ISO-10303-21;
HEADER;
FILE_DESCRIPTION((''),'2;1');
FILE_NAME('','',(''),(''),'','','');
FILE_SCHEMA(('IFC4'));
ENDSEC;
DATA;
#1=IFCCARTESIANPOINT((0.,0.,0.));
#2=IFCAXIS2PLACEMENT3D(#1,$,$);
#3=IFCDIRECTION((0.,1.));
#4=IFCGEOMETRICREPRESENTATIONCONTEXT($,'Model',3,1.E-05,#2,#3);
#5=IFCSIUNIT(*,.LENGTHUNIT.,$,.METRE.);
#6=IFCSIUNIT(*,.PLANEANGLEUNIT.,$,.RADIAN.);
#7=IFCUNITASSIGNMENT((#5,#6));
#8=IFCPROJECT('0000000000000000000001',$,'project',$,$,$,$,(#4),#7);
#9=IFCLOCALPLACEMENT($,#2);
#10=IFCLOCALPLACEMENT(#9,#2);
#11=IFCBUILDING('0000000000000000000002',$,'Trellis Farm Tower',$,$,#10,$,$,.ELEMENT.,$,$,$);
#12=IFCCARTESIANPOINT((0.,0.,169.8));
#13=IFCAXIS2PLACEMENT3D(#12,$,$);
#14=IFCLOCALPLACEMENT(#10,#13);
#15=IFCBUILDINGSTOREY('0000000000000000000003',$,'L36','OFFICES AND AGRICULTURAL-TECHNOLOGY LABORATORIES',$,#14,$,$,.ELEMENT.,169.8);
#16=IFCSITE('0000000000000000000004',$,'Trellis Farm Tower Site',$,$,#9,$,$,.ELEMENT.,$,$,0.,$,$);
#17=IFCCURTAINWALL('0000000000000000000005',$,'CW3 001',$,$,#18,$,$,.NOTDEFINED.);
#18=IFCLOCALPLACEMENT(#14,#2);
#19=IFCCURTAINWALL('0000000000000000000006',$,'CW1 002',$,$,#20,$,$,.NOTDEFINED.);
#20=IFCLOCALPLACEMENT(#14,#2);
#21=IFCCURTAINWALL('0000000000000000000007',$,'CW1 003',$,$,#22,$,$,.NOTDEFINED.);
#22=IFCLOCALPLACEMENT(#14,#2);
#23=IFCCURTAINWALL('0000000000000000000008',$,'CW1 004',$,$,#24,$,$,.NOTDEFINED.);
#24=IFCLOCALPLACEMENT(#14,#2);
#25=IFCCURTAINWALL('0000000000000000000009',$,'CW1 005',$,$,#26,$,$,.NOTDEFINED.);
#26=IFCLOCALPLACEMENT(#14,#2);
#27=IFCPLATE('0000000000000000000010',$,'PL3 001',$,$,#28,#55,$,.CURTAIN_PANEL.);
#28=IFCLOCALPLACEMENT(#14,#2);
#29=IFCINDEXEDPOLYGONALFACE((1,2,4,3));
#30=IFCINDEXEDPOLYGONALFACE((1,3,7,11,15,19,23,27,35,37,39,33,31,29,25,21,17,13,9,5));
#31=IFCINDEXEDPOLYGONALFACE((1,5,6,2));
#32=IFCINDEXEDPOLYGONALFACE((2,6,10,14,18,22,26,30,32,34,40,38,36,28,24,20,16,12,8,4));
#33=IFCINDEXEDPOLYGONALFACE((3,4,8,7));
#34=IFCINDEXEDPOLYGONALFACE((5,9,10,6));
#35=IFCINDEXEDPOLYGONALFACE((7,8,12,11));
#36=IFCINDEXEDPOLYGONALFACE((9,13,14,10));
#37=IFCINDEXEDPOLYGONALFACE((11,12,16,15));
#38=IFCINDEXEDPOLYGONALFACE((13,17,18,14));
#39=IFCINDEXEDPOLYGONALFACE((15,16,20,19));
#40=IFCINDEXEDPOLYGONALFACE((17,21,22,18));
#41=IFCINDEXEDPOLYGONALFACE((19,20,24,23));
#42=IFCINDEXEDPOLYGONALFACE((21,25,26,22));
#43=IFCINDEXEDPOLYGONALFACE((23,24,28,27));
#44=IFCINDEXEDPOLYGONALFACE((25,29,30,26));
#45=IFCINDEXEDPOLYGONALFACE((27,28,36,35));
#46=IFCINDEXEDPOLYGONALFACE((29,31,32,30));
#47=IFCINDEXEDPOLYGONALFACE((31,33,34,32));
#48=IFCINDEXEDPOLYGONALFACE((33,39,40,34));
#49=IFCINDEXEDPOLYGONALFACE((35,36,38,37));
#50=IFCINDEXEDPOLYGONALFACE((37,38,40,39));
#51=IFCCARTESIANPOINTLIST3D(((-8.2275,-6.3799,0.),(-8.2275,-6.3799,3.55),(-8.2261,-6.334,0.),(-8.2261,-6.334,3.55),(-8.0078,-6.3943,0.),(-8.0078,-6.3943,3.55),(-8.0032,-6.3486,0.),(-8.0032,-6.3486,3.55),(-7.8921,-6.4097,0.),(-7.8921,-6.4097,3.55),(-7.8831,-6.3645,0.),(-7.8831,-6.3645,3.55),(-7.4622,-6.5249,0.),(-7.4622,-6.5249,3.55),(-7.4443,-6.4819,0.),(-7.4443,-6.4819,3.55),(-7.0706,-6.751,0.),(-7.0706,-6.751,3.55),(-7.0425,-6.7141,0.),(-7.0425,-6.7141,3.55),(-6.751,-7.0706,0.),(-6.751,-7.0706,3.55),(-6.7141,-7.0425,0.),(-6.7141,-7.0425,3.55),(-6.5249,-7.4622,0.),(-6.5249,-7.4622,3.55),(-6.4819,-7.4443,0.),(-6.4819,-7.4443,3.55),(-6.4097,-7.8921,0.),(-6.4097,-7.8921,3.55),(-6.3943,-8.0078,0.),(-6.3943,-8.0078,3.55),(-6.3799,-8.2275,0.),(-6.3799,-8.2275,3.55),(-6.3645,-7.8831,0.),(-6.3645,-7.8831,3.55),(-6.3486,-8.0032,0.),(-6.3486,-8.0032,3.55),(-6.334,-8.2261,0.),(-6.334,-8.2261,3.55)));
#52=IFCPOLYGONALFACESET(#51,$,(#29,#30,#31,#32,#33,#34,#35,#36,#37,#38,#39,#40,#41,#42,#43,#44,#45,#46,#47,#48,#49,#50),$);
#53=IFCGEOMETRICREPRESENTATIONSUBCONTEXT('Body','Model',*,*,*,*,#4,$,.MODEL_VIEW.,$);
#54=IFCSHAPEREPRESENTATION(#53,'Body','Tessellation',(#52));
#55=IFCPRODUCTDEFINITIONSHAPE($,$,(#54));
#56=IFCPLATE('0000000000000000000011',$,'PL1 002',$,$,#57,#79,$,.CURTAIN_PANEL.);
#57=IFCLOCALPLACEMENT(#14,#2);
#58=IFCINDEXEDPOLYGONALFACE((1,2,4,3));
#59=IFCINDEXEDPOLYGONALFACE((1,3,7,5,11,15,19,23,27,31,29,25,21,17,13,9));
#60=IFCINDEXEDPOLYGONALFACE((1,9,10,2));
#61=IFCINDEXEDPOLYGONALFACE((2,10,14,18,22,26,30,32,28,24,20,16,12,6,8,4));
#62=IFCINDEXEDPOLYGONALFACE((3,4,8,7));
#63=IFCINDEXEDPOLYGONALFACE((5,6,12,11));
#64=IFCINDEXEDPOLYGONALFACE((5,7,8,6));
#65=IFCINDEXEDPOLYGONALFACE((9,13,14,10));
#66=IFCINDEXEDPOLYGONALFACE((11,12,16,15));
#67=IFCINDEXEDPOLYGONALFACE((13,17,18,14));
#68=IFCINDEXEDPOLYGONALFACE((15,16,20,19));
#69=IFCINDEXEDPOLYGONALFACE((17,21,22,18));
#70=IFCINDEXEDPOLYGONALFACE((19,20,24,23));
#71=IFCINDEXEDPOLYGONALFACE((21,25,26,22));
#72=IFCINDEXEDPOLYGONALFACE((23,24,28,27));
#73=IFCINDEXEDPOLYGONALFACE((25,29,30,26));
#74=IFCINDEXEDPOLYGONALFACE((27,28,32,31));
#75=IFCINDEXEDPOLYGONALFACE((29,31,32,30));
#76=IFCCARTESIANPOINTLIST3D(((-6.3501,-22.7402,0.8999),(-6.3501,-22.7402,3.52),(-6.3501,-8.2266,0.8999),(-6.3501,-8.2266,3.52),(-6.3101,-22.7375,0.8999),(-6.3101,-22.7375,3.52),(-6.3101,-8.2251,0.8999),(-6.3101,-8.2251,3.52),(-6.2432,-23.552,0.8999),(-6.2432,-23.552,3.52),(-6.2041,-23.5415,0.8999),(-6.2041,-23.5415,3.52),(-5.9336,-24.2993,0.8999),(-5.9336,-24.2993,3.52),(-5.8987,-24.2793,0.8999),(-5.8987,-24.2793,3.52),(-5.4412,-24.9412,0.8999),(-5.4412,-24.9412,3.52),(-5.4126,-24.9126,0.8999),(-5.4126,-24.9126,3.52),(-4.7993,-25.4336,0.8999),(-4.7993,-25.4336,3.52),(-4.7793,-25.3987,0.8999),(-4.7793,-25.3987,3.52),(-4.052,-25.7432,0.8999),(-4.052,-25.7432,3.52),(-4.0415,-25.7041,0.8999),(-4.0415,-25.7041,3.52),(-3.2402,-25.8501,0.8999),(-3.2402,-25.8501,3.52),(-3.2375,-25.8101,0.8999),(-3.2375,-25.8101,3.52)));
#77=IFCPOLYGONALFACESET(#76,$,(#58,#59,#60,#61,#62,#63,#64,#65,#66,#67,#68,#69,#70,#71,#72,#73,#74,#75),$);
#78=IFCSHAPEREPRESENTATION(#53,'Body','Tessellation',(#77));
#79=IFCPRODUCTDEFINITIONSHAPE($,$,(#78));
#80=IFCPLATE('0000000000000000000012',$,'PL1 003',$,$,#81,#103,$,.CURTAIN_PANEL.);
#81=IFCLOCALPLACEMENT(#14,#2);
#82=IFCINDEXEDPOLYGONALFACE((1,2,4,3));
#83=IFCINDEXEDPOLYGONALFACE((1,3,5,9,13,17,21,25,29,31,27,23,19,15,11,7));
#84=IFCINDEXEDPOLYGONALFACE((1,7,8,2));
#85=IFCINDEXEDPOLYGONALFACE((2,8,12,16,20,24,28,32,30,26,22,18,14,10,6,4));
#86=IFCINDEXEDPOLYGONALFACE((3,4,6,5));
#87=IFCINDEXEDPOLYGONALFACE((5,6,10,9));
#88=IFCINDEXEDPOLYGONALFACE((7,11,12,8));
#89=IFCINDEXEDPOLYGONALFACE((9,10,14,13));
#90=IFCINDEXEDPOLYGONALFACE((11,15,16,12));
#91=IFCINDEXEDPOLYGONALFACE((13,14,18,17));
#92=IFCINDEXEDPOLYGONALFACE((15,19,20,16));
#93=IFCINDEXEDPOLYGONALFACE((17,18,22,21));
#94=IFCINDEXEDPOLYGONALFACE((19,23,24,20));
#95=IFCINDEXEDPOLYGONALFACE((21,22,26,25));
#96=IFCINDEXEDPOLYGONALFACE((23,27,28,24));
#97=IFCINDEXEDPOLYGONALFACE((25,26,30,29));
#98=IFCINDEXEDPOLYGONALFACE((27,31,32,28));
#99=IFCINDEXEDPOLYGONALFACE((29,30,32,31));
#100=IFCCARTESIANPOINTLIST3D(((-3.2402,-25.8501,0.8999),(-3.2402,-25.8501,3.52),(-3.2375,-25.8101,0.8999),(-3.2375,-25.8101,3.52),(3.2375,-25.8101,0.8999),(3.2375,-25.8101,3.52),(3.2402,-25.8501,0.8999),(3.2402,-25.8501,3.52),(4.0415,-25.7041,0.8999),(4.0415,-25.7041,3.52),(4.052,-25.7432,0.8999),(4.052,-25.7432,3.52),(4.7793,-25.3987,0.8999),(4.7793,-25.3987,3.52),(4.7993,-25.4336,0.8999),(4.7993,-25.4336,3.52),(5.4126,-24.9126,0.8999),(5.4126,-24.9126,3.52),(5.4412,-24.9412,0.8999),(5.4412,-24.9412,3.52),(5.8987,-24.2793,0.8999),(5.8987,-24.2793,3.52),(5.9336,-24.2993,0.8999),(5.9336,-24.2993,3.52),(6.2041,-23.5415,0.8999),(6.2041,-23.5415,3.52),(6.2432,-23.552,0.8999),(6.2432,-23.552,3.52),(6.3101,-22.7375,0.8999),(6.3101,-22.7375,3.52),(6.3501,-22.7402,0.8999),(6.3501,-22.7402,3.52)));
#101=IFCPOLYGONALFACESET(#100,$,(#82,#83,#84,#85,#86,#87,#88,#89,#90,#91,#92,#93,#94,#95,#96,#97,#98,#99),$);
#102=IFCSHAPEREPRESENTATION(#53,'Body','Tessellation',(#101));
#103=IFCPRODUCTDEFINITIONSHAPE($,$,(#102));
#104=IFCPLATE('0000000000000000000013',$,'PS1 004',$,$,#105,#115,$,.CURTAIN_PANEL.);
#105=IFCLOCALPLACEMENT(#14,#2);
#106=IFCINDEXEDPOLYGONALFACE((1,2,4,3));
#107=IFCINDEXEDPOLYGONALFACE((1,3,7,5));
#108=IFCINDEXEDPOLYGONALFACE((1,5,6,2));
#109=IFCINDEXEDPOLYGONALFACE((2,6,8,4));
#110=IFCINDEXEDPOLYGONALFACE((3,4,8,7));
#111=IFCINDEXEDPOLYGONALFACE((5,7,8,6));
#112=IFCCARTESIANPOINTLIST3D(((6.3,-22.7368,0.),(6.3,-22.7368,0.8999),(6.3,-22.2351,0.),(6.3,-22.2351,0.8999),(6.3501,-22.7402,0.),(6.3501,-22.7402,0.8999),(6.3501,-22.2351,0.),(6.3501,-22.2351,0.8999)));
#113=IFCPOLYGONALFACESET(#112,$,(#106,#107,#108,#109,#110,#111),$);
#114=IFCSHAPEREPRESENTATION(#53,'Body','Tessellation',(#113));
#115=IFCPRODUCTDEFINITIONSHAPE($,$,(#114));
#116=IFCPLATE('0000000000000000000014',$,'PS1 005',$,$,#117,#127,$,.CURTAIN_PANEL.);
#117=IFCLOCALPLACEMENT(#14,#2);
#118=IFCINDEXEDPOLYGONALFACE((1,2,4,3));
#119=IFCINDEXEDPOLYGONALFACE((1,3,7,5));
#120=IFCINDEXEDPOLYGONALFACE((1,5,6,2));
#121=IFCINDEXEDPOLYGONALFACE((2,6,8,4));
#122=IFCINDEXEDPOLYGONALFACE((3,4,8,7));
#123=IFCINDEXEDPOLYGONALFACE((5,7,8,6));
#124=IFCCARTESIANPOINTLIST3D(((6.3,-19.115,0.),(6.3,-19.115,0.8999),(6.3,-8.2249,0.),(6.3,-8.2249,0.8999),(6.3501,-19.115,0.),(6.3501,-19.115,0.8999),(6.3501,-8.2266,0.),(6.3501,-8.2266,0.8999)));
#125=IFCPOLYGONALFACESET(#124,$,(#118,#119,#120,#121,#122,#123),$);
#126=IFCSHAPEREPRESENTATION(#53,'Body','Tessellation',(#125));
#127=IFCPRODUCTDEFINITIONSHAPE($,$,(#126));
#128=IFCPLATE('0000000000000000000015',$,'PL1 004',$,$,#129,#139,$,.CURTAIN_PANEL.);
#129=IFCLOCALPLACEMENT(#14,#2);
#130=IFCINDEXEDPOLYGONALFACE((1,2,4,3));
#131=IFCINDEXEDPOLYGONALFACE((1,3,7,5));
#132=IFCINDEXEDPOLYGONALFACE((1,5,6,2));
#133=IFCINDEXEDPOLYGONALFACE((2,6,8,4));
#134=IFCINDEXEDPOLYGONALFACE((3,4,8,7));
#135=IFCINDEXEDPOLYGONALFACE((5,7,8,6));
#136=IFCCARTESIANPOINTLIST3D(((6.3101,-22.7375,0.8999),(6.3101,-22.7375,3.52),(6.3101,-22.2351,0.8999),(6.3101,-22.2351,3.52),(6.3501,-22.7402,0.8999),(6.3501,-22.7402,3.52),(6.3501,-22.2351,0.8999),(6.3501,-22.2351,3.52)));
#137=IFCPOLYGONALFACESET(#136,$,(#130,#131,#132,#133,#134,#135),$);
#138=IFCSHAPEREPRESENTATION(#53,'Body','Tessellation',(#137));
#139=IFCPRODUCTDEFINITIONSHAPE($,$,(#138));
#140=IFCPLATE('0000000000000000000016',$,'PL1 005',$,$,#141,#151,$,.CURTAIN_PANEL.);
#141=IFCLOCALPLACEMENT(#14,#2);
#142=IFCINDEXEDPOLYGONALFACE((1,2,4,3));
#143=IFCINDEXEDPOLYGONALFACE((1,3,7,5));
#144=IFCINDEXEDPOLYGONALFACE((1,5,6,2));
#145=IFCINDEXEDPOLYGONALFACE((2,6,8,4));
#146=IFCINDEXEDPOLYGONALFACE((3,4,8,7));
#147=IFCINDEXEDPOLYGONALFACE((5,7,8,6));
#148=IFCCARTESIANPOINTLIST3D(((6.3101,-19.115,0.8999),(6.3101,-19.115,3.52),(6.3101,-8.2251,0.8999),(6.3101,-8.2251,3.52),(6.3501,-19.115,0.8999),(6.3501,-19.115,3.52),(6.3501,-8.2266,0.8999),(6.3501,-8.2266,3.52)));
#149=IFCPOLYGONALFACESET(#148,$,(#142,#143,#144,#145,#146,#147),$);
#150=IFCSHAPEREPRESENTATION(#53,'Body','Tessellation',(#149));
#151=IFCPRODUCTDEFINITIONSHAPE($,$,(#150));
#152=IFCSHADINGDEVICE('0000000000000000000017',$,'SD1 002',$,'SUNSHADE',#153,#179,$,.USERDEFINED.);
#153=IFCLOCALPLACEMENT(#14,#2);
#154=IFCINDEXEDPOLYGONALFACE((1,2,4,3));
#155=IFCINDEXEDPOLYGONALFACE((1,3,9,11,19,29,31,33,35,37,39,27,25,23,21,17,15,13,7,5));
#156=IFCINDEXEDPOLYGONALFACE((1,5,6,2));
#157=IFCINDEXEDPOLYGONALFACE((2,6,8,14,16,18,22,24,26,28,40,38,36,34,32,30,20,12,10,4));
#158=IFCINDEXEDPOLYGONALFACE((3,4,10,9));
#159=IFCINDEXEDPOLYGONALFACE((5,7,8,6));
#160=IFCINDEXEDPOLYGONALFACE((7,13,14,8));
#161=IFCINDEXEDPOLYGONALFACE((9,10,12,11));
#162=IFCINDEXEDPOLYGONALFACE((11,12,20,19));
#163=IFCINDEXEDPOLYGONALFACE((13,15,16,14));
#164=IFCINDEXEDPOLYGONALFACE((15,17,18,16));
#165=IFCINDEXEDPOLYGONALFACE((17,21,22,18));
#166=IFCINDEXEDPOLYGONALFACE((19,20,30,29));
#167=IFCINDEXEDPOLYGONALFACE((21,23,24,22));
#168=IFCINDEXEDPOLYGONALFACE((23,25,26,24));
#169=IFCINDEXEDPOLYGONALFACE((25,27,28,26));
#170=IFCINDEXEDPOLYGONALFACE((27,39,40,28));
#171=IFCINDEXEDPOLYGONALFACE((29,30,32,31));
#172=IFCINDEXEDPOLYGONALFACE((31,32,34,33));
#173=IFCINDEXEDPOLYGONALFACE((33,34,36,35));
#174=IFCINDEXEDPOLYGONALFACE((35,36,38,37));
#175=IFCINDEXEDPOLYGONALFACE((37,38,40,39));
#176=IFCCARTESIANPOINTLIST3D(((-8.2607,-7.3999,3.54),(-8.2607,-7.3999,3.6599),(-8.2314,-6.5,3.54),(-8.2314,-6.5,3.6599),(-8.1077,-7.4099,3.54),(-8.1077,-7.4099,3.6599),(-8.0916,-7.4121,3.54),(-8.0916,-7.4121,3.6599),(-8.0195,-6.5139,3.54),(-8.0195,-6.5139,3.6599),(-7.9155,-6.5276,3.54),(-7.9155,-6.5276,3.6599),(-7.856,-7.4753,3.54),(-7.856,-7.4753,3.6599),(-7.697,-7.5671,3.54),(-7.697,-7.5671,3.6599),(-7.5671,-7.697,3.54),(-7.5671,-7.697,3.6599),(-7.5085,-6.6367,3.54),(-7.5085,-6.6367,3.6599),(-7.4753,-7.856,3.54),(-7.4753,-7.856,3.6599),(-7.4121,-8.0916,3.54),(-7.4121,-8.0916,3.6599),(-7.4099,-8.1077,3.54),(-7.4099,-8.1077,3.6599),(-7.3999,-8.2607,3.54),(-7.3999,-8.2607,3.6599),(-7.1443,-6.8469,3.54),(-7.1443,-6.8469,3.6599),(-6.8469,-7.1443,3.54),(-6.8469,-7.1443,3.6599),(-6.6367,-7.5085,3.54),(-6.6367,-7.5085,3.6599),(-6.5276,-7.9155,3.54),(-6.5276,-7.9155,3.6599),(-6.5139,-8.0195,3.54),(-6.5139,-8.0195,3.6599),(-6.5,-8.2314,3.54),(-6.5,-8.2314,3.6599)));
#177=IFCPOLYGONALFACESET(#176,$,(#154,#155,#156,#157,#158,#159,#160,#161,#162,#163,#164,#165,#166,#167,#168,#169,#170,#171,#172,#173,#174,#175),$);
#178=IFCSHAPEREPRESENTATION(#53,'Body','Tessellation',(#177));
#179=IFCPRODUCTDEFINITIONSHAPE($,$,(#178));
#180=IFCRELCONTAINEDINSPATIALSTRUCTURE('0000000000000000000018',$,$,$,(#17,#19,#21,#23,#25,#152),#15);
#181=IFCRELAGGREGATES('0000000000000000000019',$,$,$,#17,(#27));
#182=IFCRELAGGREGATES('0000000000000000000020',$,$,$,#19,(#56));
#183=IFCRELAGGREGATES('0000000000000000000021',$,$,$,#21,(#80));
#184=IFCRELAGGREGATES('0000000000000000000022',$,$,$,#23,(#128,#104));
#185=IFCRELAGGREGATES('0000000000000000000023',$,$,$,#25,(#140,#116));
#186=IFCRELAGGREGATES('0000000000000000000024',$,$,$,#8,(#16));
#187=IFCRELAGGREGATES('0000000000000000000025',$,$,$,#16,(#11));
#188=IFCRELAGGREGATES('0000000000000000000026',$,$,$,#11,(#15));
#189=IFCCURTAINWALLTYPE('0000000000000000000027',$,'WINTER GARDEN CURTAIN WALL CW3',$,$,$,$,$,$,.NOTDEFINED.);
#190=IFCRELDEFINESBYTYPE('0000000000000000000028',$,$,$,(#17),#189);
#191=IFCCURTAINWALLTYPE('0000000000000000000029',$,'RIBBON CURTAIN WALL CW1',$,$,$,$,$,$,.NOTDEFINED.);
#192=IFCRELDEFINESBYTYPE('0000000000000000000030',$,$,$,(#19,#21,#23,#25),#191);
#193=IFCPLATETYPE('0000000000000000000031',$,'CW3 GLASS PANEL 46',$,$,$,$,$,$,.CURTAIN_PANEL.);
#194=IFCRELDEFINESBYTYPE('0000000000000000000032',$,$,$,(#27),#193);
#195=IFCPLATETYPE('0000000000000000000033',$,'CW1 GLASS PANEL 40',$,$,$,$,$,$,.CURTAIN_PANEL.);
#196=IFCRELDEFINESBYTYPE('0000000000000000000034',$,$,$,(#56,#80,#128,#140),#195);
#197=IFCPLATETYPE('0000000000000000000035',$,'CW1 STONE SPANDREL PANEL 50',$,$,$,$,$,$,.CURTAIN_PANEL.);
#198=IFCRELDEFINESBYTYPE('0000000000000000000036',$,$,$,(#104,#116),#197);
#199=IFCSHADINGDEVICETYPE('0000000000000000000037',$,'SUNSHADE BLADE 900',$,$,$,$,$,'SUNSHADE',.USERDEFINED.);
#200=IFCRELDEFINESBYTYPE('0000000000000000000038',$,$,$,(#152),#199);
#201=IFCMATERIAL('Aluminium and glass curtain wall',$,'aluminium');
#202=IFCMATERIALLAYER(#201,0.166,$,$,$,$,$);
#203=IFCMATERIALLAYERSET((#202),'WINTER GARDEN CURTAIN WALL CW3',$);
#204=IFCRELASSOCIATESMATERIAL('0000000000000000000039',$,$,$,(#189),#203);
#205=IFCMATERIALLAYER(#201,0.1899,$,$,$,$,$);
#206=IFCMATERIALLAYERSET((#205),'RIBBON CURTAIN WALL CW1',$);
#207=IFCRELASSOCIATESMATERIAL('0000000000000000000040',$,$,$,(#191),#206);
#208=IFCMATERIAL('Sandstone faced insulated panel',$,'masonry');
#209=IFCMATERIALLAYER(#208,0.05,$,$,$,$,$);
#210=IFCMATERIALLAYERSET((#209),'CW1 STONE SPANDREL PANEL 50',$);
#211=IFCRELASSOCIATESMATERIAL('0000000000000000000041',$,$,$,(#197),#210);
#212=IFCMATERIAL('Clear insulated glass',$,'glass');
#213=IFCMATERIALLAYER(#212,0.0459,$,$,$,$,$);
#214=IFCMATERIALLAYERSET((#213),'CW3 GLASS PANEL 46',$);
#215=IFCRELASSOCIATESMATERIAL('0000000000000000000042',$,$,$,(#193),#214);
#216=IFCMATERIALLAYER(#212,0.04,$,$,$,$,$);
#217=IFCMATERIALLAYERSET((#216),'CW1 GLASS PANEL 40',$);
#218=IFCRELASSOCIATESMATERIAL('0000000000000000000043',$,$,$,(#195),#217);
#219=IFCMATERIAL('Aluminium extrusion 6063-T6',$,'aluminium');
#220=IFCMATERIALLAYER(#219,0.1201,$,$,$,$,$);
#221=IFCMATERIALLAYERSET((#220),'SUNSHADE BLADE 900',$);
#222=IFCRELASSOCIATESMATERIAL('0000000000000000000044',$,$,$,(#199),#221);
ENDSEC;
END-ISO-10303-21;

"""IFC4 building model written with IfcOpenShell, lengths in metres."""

from ifc_helpers import new_model, si_unit, direction, frame, origin, place, context, subcontext, project, spatial, polyline, outline, extrude, source, transform, mapped, material, layer, layer_set, type_object, element, aggregate, save


model = new_model("IFC4")

# Units and contexts
model_context = context("Model", 3, precision=1e-05, world=origin(), true_north=direction((0.0, 1.0)))
body_context = subcontext(model_context, "Body", "Model", "MODEL_VIEW")
ifc_project = project(units=[si_unit("LENGTHUNIT", "METRE"), si_unit("PLANEANGLEUNIT", "RADIAN")], contexts=[model_context])

# Site, building, storey
site_placement = place(None, origin())
site = spatial("IfcSite", under=ifc_project, at=site_placement, Name="Trellis Farm Tower Site", CompositionType="ELEMENT", RefElevation=0.0)
building_placement = place(site_placement, origin())
building = spatial("IfcBuilding", under=site, at=building_placement, Name="Trellis Farm Tower", CompositionType="ELEMENT")
storey_placement = place(building_placement, frame((0.0, 0.0, 169.8)))
storey = spatial("IfcBuildingStorey", under=building, at=storey_placement, Name="L36", Description="OFFICES AND AGRICULTURAL-TECHNOLOGY LABORATORIES", CompositionType="ELEMENT", Elevation=169.8)

# Curtain walls
ifc_material_1 = material(Name="Aluminium and glass curtain wall", Category="aluminium")
ifc_layer_1 = layer(ifc_material_1, 0.166)
ifc_layer_set_1 = layer_set([ifc_layer_1], Name="WINTER GARDEN CURTAIN WALL CW3")
curtain_wall_type_1 = type_object("IfcCurtainWallType", Name="WINTER GARDEN CURTAIN WALL CW3", PredefinedType="NOTDEFINED", material=ifc_layer_set_1)
placement_1 = place(storey_placement, origin())
curtain_wall_1 = element("IfcCurtainWall", 1, at=placement_1, inside=storey, type_object=curtain_wall_type_1, Name="CW3 001", PredefinedType="NOTDEFINED")
ifc_material_2 = material(Name="Aluminium extrusion 6063-T6", Category="aluminium")
ifc_layer_2 = layer(ifc_material_1, 0.1899)
ifc_layer_set_2 = layer_set([ifc_layer_2], Name="RIBBON CURTAIN WALL CW1")
curtain_wall_type_2 = type_object("IfcCurtainWallType", Name="RIBBON CURTAIN WALL CW1", PredefinedType="NOTDEFINED", material=ifc_layer_set_2)
curtain_wall_2 = element("IfcCurtainWall", 2, at=placement_1, inside=storey, type_object=curtain_wall_type_2, Name="CW1 002", PredefinedType="NOTDEFINED")
curtain_wall_3 = element("IfcCurtainWall", 3, at=placement_1, inside=storey, type_object=curtain_wall_type_2, Name="CW1 003", PredefinedType="NOTDEFINED")
curtain_wall_4 = element("IfcCurtainWall", 4, at=placement_1, inside=storey, type_object=curtain_wall_type_2, Name="CW1 004", PredefinedType="NOTDEFINED")
curtain_wall_5 = element("IfcCurtainWall", 5, at=placement_1, inside=storey, type_object=curtain_wall_type_2, Name="CW1 005", PredefinedType="NOTDEFINED")

# Plates
ifc_material_3 = material(Name="Sandstone faced insulated panel", Category="masonry")
ifc_layer_3 = layer(ifc_material_3, 0.05)
ifc_layer_set_3 = layer_set([ifc_layer_3], Name="CW1 STONE SPANDREL PANEL 50")
plate_type_1 = type_object("IfcPlateType", Name="CW1 STONE SPANDREL PANEL 50", PredefinedType="CURTAIN_PANEL", material=ifc_layer_set_3)
ifc_material_4 = material(Name="Clear insulated glass", Category="glass")
ifc_layer_4 = layer(ifc_material_4, 0.0459)
ifc_layer_set_4 = layer_set([ifc_layer_4], Name="CW3 GLASS PANEL 46")
plate_type_2 = type_object("IfcPlateType", Name="CW3 GLASS PANEL 46", PredefinedType="CURTAIN_PANEL", material=ifc_layer_set_4)
shared_shape_1 = source(origin(), body_context, "Body", "SweptSolid", [
    extrude(outline(polyline([(-8.2275, -6.3799), (-8.0078, -6.3943), (-7.8921, -6.4097), (-7.4622, -6.5249), (-7.0706, -6.751), (-6.751, -7.0706), (-6.5249, -7.4622), (-6.4097, -7.8921), (-6.3943, -8.0078), (-6.3799, -8.2275), (-6.334, -8.2261), (-6.3486, -8.0032), (-6.3645, -7.8831), (-6.4819, -7.4443), (-6.7141, -7.0425), (-7.0425, -6.7141), (-7.4443, -6.4819), (-7.8831, -6.3645), (-8.0032, -6.3486), (-8.2261, -6.334), (-8.2275, -6.3799)])), origin(), (0.0, 0.0, 1.0), 3.55),
])
plate_1 = element("IfcPlate", 6, at=placement_1, type_object=plate_type_2, Name="PL3 001", PredefinedType="CURTAIN_PANEL", context=body_context, shape_type="MappedRepresentation", body=[
    mapped(shared_shape_1, transform((0.0, 0.0, 0.0))),
])
aggregate(curtain_wall_1, [plate_1])
ifc_layer_5 = layer(ifc_material_4, 0.04)
ifc_layer_set_5 = layer_set([ifc_layer_5], Name="CW1 GLASS PANEL 40")
plate_type_3 = type_object("IfcPlateType", Name="CW1 GLASS PANEL 40", PredefinedType="CURTAIN_PANEL", material=ifc_layer_set_5)
shared_shape_2 = source(origin(), body_context, "Body", "SweptSolid", [
    extrude(outline(polyline([(-6.3501, -8.2266), (-6.3501, -22.7402), (-6.2432, -23.552), (-5.9336, -24.2993), (-5.4412, -24.9412), (-4.7993, -25.4336), (-4.052, -25.7432), (-3.2402, -25.8501), (-3.2375, -25.8101), (-4.0415, -25.7041), (-4.7793, -25.3987), (-5.4126, -24.9126), (-5.8987, -24.2793), (-6.2041, -23.5415), (-6.3101, -22.7375), (-6.3101, -8.2251), (-6.3501, -8.2266)])), origin(), (0.0, 0.0, 1.0), 2.6201),
])
placement_2 = place(storey_placement, frame((0.0, 0.0, 0.8999)))
plate_2 = element("IfcPlate", 7, at=placement_2, type_object=plate_type_3, Name="PL1 002", PredefinedType="CURTAIN_PANEL", context=body_context, shape_type="MappedRepresentation", body=[
    mapped(shared_shape_2, transform((0.0, 0.0, 0.0))),
])
aggregate(curtain_wall_2, [plate_2])
shared_shape_3 = source(origin(), body_context, "Body", "SweptSolid", [
    extrude(outline(polyline([(-3.2402, -25.8501), (3.2402, -25.8501), (4.052, -25.7432), (4.7993, -25.4336), (5.4412, -24.9412), (5.9336, -24.2993), (6.2432, -23.552), (6.3501, -22.7402), (6.3101, -22.7375), (6.2041, -23.5415), (5.8987, -24.2793), (5.4126, -24.9126), (4.7793, -25.3987), (4.0415, -25.7041), (3.2375, -25.8101), (-3.2375, -25.8101), (-3.2402, -25.8501)])), origin(), (0.0, 0.0, 1.0), 2.6201),
])
plate_3 = element("IfcPlate", 8, at=placement_2, type_object=plate_type_3, Name="PL1 003", PredefinedType="CURTAIN_PANEL", context=body_context, shape_type="MappedRepresentation", body=[
    mapped(shared_shape_3, transform((0.0, 0.0, 0.0))),
])
aggregate(curtain_wall_3, [plate_3])
shared_shape_4 = source(origin(), body_context, "Body", "SweptSolid", [
    extrude(outline(polyline([(6.3501, -22.7402), (6.3501, -22.2351), (6.3, -22.2351), (6.3, -22.7368), (6.3501, -22.7402)])), origin(), (0.0, 0.0, 1.0), 0.8999),
])
plate_4 = element("IfcPlate", 9, at=placement_1, type_object=plate_type_1, Name="PS1 004", PredefinedType="CURTAIN_PANEL", context=body_context, shape_type="MappedRepresentation", body=[
    mapped(shared_shape_4, transform((0.0, 0.0, 0.0))),
])
shared_shape_5 = source(origin(), body_context, "Body", "SweptSolid", [
    extrude(outline(polyline([(6.3501, -19.115), (6.3501, -8.2266), (6.3, -8.2249), (6.3, -19.115), (6.3501, -19.115)])), origin(), (0.0, 0.0, 1.0), 0.8999),
])
plate_5 = element("IfcPlate", 10, at=placement_1, type_object=plate_type_1, Name="PS1 005", PredefinedType="CURTAIN_PANEL", context=body_context, shape_type="MappedRepresentation", body=[
    mapped(shared_shape_5, transform((0.0, 0.0, 0.0))),
])
shared_shape_6 = source(origin(), body_context, "Body", "SweptSolid", [
    extrude(outline(polyline([(6.3501, -22.7402), (6.3501, -22.2351), (6.3101, -22.2351), (6.3101, -22.7375), (6.3501, -22.7402)])), origin(), (0.0, 0.0, 1.0), 2.6201),
])
plate_6 = element("IfcPlate", 11, at=placement_2, type_object=plate_type_3, Name="PL1 004", PredefinedType="CURTAIN_PANEL", context=body_context, shape_type="MappedRepresentation", body=[
    mapped(shared_shape_6, transform((0.0, 0.0, 0.0))),
])
aggregate(curtain_wall_4, [plate_6, plate_4])
shared_shape_7 = source(origin(), body_context, "Body", "SweptSolid", [
    extrude(outline(polyline([(6.3501, -19.115), (6.3501, -8.2266), (6.3101, -8.2251), (6.3101, -19.115), (6.3501, -19.115)])), origin(), (0.0, 0.0, 1.0), 2.6201),
])
plate_7 = element("IfcPlate", 12, at=placement_2, type_object=plate_type_3, Name="PL1 005", PredefinedType="CURTAIN_PANEL", context=body_context, shape_type="MappedRepresentation", body=[
    mapped(shared_shape_7, transform((0.0, 0.0, 0.0))),
])
aggregate(curtain_wall_5, [plate_7, plate_5])

# Shading device
ifc_layer_6 = layer(ifc_material_2, 0.1201)
ifc_layer_set_6 = layer_set([ifc_layer_6], Name="SUNSHADE BLADE 900")
shading_device_type_1 = type_object("IfcShadingDeviceType", Name="SUNSHADE BLADE 900", ElementType="SUNSHADE", PredefinedType="USERDEFINED", material=ifc_layer_set_6)
shared_shape_8 = source(origin(), body_context, "Body", "SweptSolid", [
    extrude(outline(polyline([(-8.2607, -7.3999), (-8.1077, -7.4099), (-8.0916, -7.4121), (-7.856, -7.4753), (-7.697, -7.5671), (-7.5671, -7.697), (-7.4753, -7.856), (-7.4121, -8.0916), (-7.4099, -8.1077), (-7.3999, -8.2607), (-6.5, -8.2314), (-6.5139, -8.0195), (-6.5276, -7.9155), (-6.6367, -7.5085), (-6.8469, -7.1443), (-7.1443, -6.8469), (-7.5085, -6.6367), (-7.9155, -6.5276), (-8.0195, -6.5139), (-8.2314, -6.5), (-8.2607, -7.3999)])), origin(), (0.0, 0.0, 1.0), 0.1199),
])
placement_3 = place(storey_placement, frame((0.0, 0.0, 3.54)))
element("IfcShadingDevice", 13, at=placement_3, inside=storey, type_object=shading_device_type_1, Name="SD1 002", ObjectType="SUNSHADE", PredefinedType="USERDEFINED", context=body_context, shape_type="MappedRepresentation", body=[
    mapped(shared_shape_8, transform((0.0, 0.0, 0.0))),
])

save(model, "model.ifc")
